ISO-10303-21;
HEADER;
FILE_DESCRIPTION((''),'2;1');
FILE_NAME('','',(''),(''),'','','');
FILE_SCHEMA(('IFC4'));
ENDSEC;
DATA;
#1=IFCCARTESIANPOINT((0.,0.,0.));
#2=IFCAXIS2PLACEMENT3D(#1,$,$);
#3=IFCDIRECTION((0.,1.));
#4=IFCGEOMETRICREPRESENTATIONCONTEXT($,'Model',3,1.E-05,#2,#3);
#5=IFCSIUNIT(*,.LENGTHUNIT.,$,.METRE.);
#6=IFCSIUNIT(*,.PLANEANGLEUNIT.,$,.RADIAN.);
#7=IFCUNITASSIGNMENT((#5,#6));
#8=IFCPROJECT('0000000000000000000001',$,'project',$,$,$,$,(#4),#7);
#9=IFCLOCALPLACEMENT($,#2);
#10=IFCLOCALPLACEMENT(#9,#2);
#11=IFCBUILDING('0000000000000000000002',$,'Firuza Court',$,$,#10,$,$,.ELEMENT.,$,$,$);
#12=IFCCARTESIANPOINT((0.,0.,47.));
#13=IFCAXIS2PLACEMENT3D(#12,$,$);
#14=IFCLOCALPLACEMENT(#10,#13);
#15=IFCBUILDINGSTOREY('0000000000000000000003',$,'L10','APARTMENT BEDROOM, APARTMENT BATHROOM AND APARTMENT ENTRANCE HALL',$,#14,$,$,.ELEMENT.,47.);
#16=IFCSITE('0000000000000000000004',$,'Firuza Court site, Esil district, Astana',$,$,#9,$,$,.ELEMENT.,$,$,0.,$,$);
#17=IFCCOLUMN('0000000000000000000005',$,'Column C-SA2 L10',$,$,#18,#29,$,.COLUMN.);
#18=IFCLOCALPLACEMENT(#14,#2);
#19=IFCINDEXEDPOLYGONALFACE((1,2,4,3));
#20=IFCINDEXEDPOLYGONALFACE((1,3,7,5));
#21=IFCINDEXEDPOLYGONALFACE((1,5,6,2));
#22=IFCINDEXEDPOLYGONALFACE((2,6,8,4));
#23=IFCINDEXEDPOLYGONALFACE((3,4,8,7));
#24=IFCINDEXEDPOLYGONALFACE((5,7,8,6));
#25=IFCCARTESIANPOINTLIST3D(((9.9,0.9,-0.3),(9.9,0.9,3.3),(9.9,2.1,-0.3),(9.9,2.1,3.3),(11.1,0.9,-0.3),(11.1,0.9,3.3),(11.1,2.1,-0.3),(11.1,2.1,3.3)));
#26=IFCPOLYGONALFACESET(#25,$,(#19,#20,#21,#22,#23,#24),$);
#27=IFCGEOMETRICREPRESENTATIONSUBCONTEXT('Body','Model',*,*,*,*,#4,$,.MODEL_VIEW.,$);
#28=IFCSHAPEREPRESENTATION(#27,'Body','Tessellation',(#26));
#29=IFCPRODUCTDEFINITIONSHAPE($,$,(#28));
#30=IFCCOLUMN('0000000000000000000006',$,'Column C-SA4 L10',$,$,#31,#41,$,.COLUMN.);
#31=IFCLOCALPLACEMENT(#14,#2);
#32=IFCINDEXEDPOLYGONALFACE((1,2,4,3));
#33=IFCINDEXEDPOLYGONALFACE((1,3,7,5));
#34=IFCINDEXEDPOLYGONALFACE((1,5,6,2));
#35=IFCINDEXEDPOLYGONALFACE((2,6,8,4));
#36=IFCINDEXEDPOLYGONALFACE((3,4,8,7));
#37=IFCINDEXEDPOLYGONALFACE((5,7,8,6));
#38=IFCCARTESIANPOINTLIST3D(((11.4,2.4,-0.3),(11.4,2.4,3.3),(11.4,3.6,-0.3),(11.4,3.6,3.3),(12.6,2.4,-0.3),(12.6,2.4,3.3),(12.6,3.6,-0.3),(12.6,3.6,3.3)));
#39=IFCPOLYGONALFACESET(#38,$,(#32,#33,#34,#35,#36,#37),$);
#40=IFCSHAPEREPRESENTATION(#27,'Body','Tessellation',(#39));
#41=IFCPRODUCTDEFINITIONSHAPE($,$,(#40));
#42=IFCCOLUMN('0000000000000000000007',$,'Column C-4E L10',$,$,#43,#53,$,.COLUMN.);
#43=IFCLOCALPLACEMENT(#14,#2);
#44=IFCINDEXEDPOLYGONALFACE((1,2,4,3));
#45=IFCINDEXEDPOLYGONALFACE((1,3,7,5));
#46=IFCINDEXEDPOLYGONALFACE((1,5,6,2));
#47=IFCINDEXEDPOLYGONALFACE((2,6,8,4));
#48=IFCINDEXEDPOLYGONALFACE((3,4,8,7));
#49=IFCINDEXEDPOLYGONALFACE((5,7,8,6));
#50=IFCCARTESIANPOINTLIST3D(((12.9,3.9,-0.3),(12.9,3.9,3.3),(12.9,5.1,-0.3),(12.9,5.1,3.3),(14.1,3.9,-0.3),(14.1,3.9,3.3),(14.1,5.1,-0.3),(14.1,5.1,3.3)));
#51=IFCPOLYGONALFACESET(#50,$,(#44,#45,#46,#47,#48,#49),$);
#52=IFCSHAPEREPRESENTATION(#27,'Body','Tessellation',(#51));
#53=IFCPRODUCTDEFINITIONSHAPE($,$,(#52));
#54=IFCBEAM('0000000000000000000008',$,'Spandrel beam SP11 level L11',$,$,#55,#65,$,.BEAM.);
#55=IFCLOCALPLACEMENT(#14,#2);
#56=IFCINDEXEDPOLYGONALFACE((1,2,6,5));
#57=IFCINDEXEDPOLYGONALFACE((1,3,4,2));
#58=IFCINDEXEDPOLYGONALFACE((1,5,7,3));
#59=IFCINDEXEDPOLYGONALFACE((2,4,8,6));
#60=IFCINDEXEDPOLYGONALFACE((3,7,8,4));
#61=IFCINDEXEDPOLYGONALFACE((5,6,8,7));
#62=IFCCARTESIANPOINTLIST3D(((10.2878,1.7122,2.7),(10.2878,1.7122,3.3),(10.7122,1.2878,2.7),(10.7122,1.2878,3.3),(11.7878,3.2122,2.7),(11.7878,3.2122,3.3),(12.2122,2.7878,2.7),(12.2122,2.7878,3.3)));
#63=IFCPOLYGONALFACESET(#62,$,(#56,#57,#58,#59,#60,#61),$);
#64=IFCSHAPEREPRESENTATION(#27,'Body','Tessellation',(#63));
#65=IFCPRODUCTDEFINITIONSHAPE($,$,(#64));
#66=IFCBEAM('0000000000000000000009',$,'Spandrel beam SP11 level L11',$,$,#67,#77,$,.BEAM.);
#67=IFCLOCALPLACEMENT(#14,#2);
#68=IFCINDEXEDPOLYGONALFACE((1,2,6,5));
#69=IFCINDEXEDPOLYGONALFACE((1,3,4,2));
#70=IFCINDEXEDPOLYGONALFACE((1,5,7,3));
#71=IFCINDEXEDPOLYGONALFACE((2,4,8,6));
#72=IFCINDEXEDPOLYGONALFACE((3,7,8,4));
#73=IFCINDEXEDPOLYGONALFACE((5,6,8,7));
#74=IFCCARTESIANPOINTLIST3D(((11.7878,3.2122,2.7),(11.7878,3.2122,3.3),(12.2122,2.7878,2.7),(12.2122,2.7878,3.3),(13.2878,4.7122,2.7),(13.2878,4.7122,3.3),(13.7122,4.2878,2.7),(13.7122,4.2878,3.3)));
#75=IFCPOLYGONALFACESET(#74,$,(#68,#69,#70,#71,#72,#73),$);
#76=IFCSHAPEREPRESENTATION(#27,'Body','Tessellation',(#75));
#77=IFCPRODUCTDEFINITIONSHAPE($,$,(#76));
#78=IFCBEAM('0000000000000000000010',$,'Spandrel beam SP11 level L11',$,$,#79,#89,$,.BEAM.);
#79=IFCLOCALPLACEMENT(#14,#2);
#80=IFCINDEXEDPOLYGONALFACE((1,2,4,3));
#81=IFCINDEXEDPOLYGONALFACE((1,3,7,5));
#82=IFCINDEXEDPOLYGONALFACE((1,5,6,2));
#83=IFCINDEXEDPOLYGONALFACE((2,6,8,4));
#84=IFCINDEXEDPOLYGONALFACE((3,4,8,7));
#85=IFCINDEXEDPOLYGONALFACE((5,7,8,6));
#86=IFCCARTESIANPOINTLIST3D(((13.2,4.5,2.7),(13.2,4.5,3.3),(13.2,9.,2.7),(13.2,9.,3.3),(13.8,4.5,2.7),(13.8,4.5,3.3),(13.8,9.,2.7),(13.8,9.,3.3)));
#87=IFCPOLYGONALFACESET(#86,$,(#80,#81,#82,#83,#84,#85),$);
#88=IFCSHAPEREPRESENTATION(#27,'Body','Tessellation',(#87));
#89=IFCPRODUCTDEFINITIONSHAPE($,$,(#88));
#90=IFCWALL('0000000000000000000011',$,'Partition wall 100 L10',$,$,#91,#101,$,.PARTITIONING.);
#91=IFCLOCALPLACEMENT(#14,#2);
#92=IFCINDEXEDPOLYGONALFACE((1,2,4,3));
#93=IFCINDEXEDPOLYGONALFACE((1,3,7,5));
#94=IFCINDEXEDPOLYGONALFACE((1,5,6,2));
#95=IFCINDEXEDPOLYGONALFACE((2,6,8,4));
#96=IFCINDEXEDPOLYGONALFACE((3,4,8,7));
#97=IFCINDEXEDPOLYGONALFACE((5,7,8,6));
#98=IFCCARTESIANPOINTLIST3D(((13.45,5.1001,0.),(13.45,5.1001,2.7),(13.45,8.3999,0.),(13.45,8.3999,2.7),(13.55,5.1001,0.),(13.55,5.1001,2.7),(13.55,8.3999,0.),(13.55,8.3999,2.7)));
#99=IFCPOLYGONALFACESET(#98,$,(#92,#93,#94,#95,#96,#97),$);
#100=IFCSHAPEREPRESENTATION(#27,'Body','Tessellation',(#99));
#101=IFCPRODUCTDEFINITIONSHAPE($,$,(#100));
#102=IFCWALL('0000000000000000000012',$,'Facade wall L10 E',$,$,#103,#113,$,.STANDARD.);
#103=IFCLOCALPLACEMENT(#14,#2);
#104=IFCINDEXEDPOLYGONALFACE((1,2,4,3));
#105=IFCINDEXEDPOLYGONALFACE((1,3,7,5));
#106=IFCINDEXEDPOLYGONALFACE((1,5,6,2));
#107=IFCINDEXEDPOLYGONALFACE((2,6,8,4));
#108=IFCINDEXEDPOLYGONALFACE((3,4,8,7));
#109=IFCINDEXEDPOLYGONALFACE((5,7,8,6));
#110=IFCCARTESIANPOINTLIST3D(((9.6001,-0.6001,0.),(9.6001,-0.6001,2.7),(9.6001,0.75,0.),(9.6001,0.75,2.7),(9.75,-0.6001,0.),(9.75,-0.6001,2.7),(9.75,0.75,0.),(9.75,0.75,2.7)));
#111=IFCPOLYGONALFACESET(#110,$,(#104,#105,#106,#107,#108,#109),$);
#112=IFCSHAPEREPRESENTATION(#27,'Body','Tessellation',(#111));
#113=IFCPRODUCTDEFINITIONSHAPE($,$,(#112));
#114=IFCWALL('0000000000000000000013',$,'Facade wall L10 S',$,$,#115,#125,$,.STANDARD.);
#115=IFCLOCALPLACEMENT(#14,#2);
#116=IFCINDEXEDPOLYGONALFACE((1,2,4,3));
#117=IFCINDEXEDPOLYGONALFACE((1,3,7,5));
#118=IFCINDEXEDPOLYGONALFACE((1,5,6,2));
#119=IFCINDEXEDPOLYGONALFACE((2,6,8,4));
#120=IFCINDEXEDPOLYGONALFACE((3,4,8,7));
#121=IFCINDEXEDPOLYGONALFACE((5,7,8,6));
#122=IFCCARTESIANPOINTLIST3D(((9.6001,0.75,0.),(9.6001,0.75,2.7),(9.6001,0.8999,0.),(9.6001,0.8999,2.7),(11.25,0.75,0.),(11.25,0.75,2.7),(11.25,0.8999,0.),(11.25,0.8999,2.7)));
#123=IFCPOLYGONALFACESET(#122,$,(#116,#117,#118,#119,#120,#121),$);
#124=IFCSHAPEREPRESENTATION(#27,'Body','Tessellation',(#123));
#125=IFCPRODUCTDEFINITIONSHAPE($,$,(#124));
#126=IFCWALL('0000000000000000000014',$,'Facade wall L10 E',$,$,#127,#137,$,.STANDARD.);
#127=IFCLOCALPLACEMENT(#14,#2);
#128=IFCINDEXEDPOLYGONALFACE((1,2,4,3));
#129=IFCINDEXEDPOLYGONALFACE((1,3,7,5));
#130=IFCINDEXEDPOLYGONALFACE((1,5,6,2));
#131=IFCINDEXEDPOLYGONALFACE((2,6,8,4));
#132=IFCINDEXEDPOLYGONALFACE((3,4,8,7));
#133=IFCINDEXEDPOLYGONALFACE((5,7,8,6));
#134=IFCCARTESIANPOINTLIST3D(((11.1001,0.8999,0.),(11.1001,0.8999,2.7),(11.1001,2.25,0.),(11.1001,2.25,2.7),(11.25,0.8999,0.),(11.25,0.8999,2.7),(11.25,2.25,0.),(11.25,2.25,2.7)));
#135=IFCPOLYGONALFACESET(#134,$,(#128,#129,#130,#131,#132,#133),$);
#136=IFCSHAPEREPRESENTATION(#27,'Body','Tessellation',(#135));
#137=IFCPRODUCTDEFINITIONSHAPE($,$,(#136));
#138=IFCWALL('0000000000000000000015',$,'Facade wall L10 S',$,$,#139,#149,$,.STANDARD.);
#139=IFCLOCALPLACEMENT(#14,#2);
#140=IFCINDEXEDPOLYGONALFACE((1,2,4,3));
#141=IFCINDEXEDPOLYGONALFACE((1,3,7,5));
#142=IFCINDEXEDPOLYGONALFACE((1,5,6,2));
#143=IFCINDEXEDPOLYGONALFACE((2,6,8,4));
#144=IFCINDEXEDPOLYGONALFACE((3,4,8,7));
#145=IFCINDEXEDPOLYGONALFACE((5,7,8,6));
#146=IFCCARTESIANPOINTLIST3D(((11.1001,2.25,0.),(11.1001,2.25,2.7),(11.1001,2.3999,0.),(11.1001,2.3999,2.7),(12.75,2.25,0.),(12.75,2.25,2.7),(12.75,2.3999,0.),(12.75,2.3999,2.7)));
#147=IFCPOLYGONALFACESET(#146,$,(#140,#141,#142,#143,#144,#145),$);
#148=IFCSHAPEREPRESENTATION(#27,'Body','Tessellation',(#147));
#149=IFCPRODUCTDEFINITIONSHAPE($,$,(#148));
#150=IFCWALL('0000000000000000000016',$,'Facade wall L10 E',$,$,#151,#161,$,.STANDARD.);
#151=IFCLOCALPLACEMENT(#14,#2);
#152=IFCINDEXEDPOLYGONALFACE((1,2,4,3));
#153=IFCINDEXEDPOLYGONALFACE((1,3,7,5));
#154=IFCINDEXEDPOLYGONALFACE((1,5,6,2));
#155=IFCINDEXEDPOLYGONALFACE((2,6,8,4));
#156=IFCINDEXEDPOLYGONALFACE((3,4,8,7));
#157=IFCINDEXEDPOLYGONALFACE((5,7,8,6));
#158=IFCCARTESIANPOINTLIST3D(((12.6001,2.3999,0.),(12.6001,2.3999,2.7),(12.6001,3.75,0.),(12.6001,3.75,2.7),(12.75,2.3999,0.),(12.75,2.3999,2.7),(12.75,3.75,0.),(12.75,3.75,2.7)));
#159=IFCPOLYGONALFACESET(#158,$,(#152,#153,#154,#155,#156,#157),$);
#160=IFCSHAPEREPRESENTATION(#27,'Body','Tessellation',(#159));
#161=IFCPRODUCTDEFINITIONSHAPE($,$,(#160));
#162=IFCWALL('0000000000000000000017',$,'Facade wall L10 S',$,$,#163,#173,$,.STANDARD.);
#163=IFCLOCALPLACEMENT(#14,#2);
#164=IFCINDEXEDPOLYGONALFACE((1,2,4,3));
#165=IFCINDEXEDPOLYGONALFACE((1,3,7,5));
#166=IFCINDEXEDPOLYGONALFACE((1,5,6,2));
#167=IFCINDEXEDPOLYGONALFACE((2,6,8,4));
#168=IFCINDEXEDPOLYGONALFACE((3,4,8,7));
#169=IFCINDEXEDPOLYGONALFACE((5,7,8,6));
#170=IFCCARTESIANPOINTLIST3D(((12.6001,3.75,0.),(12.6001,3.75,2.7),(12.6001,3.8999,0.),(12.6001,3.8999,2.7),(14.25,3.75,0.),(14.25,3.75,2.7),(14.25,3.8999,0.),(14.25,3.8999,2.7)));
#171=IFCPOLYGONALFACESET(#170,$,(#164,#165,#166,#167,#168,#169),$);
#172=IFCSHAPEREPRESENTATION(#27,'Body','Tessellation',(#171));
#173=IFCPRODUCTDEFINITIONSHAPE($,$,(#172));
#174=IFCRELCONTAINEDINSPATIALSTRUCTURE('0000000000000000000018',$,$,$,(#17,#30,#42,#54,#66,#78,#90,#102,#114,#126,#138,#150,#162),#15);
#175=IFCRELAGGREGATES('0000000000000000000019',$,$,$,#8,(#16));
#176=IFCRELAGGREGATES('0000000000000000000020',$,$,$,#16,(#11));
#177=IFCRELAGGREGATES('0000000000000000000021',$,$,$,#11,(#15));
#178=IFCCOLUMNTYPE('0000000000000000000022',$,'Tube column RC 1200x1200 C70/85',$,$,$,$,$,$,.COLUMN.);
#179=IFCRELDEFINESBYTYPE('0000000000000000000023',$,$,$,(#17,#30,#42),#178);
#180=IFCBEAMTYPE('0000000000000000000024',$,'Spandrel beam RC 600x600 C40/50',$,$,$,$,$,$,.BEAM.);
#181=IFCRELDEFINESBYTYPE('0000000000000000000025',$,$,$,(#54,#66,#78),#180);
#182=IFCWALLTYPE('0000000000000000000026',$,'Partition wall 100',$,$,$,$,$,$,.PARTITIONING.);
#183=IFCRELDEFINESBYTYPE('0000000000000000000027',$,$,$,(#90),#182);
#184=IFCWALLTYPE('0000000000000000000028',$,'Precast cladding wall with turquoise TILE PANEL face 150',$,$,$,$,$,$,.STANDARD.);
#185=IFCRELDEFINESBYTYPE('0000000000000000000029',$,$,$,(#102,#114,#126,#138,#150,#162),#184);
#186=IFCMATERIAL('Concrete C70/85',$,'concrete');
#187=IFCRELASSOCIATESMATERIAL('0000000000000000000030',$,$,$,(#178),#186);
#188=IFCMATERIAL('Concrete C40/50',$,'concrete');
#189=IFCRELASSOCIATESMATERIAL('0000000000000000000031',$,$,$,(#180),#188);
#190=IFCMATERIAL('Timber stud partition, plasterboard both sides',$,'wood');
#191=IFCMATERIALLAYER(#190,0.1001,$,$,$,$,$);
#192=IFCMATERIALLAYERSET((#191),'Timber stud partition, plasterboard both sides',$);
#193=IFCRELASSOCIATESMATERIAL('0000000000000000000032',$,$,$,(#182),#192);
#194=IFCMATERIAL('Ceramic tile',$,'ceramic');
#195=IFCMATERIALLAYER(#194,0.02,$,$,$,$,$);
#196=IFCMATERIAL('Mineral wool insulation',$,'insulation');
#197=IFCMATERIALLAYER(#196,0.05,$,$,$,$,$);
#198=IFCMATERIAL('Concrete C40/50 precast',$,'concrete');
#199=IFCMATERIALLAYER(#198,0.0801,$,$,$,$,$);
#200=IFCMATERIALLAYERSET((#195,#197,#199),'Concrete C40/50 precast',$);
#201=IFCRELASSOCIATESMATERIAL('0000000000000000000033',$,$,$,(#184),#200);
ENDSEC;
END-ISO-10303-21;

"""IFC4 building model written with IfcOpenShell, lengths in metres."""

from ifc_helpers import new_model, si_unit, direction, frame, frame_2d, origin, origin_2d, place, context, subcontext, project, spatial, rectangle, extrude, material, layer, layer_set, material_profile, profile_set, type_object, element, save


model = new_model("IFC4")

# Units and contexts
model_context = context("Model", 3, precision=1e-05, world=origin(), true_north=direction((0.0, 1.0)))
body_context = subcontext(model_context, "Body", "Model", "MODEL_VIEW")
ifc_project = project(units=[si_unit("LENGTHUNIT", "METRE"), si_unit("PLANEANGLEUNIT", "RADIAN")], contexts=[model_context])

# Site, building, storey
site_placement = place(None, origin())
site = spatial("IfcSite", under=ifc_project, at=site_placement, Name="Firuza Court site, Esil district, Astana", CompositionType="ELEMENT", RefElevation=0.0)
building_placement = place(site_placement, origin())
building = spatial("IfcBuilding", under=site, at=building_placement, Name="Firuza Court", CompositionType="ELEMENT")
storey_placement = place(building_placement, frame((0.0, 0.0, 47.0)))
storey = spatial("IfcBuildingStorey", under=building, at=storey_placement, Name="L10", Description="APARTMENT BEDROOM, APARTMENT BATHROOM AND APARTMENT ENTRANCE HALL", CompositionType="ELEMENT", Elevation=47.0)

# Columns
ifc_material_1 = material(Name="Concrete C70/85", Category="concrete")
ifc_material_profile_1 = material_profile(ifc_material_1, rectangle(XDim=1.2, YDim=1.2, at=origin_2d()), Name="RC 1200x1200")
ifc_profile_set_1 = profile_set([ifc_material_profile_1], Name="Concrete C70/85")
column_type = type_object("IfcColumnType", Name="Tube column RC 1200x1200 C70/85", PredefinedType="COLUMN", material=ifc_profile_set_1)
for number, where, z_axis, x_axis, name in (
    (1, (10.5, 1.5, -0.3), (0.0, 0.0, 1.0), (1.0, 0.0, 0.0), "Column C-SA2 L10"),
    (2, (12.0, 3.0, -0.3), (0.0, 0.0, 1.0), (1.0, 0.0, 0.0), "Column C-SA4 L10"),
    (3, (13.5, 4.5, -0.3), (0.0, 0.0, 1.0), (1.0, 0.0, 0.0), "Column C-4E L10"),
):
    element("IfcColumn", number, at=place(storey_placement, frame(where, z_axis=z_axis, x_axis=x_axis)), inside=storey, type_object=column_type, Name=name, PredefinedType="COLUMN", context=body_context, shape_type="SweptSolid", body=[
        extrude(rectangle(XDim=1.2, YDim=1.2, at=origin_2d()), origin(), (0.0, 0.0, 1.0), 3.6001),
    ])

# Beams
ifc_material_2 = material(Name="Concrete C40/50", Category="concrete")
ifc_material_profile_2 = material_profile(ifc_material_2, rectangle(XDim=0.6001, YDim=0.6001, at=origin_2d()), Name="RC 600x600")
ifc_profile_set_2 = profile_set([ifc_material_profile_2], Name="Concrete C40/50")
beam_type = type_object("IfcBeamType", Name="Spandrel beam RC 600x600 C40/50", PredefinedType="BEAM", material=ifc_profile_set_2)
for number, where, z_axis, x_axis, name in (
    (4, (10.5, 1.5, 3.0), (0.707107, 0.707107, 0.0), (-0.707107, 0.707107, 0.0), "Spandrel beam SP11 level L11"),
    (5, (12.0, 3.0, 3.0), (0.707107, 0.707107, 0.0), (-0.707107, 0.707107, 0.0), "Spandrel beam SP11 level L11"),
):
    element("IfcBeam", number, at=place(storey_placement, frame(where, z_axis=z_axis, x_axis=x_axis)), inside=storey, type_object=beam_type, Name=name, PredefinedType="BEAM", context=body_context, shape_type="SweptSolid", body=[
        extrude(rectangle(XDim=0.6001, YDim=0.6001, at=origin_2d()), origin(), (0.0, 0.0, 1.0), 2.1213),
    ])
beam_placement = place(storey_placement, frame((13.5, 4.5, 3.0), z_axis=(0.0, 1.0, 0.0), x_axis=(-1.0, 0.0, 0.0)))
element("IfcBeam", 6, at=beam_placement, inside=storey, type_object=beam_type, Name="Spandrel beam SP11 level L11", PredefinedType="BEAM", context=body_context, shape_type="SweptSolid", body=[
    extrude(rectangle(XDim=0.6001, YDim=0.6001, at=origin_2d()), origin(), (0.0, 0.0, 1.0), 4.5),
])

# Walls
ifc_material_3 = material(Name="Timber stud partition, plasterboard both sides", Category="wood")
ifc_layer_1 = layer(ifc_material_3, 0.1001)
ifc_layer_set_1 = layer_set([ifc_layer_1], Name="Timber stud partition, plasterboard both sides")
wall_type_1 = type_object("IfcWallType", Name="Partition wall 100", PredefinedType="PARTITIONING", material=ifc_layer_set_1)
wall_1_placement = place(storey_placement, frame((13.5, 5.1001, 0.0), z_axis=(0.0, 0.0, 1.0), x_axis=(0.0, 1.0, 0.0)))
element("IfcWall", 7, at=wall_1_placement, inside=storey, type_object=wall_type_1, Name="Partition wall 100 L10", PredefinedType="PARTITIONING", context=body_context, shape_type="SweptSolid", body=[
    extrude(rectangle(XDim=3.2998, YDim=0.1001, at=frame_2d((1.6499, 0.0))), origin(), (0.0, 0.0, 1.0), 2.7),
])
ifc_material_4 = material(Name="Ceramic tile", Category="ceramic")
ifc_layer_2 = layer(ifc_material_4, 0.02)
ifc_material_5 = material(Name="Mineral wool insulation", Category="insulation")
ifc_layer_3 = layer(ifc_material_5, 0.05)
ifc_material_6 = material(Name="Concrete C40/50 precast", Category="concrete")
ifc_layer_4 = layer(ifc_material_6, 0.0801)
ifc_layer_set_2 = layer_set([ifc_layer_2, ifc_layer_3, ifc_layer_4], Name="Concrete C40/50 precast")
wall_type_2 = type_object("IfcWallType", Name="Precast cladding wall with turquoise TILE PANEL face 150", PredefinedType="STANDARD", material=ifc_layer_set_2)
wall_2_placement = place(storey_placement, frame((9.675, -0.6001, 0.0), z_axis=(0.0, 0.0, 1.0), x_axis=(0.0, 1.0, 0.0)))
element("IfcWall", 8, at=wall_2_placement, inside=storey, type_object=wall_type_2, Name="Facade wall L10 E", PredefinedType="STANDARD", context=body_context, shape_type="SweptSolid", body=[
    extrude(rectangle(XDim=1.3501, YDim=0.1499, at=frame_2d((0.675, 0.0))), origin(), (0.0, 0.0, 1.0), 2.7),
])
wall_3_placement = place(storey_placement, frame((9.6001, 0.825, 0.0), z_axis=(0.0, 0.0, 1.0), x_axis=(1.0, 0.0, 0.0)))
element("IfcWall", 9, at=wall_3_placement, inside=storey, type_object=wall_type_2, Name="Facade wall L10 S", PredefinedType="STANDARD", context=body_context, shape_type="SweptSolid", body=[
    extrude(rectangle(XDim=1.6499, YDim=0.1499, at=frame_2d((0.825, 0.0))), origin(), (0.0, 0.0, 1.0), 2.7),
])
wall_4_placement = place(storey_placement, frame((11.175, 0.8999, 0.0), z_axis=(0.0, 0.0, 1.0), x_axis=(0.0, 1.0, 0.0)))
element("IfcWall", 10, at=wall_4_placement, inside=storey, type_object=wall_type_2, Name="Facade wall L10 E", PredefinedType="STANDARD", context=body_context, shape_type="SweptSolid", body=[
    extrude(rectangle(XDim=1.3501, YDim=0.1499, at=frame_2d((0.675, 0.0))), origin(), (0.0, 0.0, 1.0), 2.7),
])
wall_5_placement = place(storey_placement, frame((11.1001, 2.325, 0.0), z_axis=(0.0, 0.0, 1.0), x_axis=(1.0, 0.0, 0.0)))
element("IfcWall", 11, at=wall_5_placement, inside=storey, type_object=wall_type_2, Name="Facade wall L10 S", PredefinedType="STANDARD", context=body_context, shape_type="SweptSolid", body=[
    extrude(rectangle(XDim=1.6499, YDim=0.1499, at=frame_2d((0.825, 0.0))), origin(), (0.0, 0.0, 1.0), 2.7),
])
wall_6_placement = place(storey_placement, frame((12.675, 2.3999, 0.0), z_axis=(0.0, 0.0, 1.0), x_axis=(0.0, 1.0, 0.0)))
element("IfcWall", 12, at=wall_6_placement, inside=storey, type_object=wall_type_2, Name="Facade wall L10 E", PredefinedType="STANDARD", context=body_context, shape_type="SweptSolid", body=[
    extrude(rectangle(XDim=1.3501, YDim=0.1499, at=frame_2d((0.675, 0.0))), origin(), (0.0, 0.0, 1.0), 2.7),
])
wall_7_placement = place(storey_placement, frame((12.6001, 3.825, 0.0), z_axis=(0.0, 0.0, 1.0), x_axis=(1.0, 0.0, 0.0)))
element("IfcWall", 13, at=wall_7_placement, inside=storey, type_object=wall_type_2, Name="Facade wall L10 S", PredefinedType="STANDARD", context=body_context, shape_type="SweptSolid", body=[
    extrude(rectangle(XDim=1.6499, YDim=0.1499, at=frame_2d((0.825, 0.0))), origin(), (0.0, 0.0, 1.0), 2.7),
])

save(model, "model.ifc")
